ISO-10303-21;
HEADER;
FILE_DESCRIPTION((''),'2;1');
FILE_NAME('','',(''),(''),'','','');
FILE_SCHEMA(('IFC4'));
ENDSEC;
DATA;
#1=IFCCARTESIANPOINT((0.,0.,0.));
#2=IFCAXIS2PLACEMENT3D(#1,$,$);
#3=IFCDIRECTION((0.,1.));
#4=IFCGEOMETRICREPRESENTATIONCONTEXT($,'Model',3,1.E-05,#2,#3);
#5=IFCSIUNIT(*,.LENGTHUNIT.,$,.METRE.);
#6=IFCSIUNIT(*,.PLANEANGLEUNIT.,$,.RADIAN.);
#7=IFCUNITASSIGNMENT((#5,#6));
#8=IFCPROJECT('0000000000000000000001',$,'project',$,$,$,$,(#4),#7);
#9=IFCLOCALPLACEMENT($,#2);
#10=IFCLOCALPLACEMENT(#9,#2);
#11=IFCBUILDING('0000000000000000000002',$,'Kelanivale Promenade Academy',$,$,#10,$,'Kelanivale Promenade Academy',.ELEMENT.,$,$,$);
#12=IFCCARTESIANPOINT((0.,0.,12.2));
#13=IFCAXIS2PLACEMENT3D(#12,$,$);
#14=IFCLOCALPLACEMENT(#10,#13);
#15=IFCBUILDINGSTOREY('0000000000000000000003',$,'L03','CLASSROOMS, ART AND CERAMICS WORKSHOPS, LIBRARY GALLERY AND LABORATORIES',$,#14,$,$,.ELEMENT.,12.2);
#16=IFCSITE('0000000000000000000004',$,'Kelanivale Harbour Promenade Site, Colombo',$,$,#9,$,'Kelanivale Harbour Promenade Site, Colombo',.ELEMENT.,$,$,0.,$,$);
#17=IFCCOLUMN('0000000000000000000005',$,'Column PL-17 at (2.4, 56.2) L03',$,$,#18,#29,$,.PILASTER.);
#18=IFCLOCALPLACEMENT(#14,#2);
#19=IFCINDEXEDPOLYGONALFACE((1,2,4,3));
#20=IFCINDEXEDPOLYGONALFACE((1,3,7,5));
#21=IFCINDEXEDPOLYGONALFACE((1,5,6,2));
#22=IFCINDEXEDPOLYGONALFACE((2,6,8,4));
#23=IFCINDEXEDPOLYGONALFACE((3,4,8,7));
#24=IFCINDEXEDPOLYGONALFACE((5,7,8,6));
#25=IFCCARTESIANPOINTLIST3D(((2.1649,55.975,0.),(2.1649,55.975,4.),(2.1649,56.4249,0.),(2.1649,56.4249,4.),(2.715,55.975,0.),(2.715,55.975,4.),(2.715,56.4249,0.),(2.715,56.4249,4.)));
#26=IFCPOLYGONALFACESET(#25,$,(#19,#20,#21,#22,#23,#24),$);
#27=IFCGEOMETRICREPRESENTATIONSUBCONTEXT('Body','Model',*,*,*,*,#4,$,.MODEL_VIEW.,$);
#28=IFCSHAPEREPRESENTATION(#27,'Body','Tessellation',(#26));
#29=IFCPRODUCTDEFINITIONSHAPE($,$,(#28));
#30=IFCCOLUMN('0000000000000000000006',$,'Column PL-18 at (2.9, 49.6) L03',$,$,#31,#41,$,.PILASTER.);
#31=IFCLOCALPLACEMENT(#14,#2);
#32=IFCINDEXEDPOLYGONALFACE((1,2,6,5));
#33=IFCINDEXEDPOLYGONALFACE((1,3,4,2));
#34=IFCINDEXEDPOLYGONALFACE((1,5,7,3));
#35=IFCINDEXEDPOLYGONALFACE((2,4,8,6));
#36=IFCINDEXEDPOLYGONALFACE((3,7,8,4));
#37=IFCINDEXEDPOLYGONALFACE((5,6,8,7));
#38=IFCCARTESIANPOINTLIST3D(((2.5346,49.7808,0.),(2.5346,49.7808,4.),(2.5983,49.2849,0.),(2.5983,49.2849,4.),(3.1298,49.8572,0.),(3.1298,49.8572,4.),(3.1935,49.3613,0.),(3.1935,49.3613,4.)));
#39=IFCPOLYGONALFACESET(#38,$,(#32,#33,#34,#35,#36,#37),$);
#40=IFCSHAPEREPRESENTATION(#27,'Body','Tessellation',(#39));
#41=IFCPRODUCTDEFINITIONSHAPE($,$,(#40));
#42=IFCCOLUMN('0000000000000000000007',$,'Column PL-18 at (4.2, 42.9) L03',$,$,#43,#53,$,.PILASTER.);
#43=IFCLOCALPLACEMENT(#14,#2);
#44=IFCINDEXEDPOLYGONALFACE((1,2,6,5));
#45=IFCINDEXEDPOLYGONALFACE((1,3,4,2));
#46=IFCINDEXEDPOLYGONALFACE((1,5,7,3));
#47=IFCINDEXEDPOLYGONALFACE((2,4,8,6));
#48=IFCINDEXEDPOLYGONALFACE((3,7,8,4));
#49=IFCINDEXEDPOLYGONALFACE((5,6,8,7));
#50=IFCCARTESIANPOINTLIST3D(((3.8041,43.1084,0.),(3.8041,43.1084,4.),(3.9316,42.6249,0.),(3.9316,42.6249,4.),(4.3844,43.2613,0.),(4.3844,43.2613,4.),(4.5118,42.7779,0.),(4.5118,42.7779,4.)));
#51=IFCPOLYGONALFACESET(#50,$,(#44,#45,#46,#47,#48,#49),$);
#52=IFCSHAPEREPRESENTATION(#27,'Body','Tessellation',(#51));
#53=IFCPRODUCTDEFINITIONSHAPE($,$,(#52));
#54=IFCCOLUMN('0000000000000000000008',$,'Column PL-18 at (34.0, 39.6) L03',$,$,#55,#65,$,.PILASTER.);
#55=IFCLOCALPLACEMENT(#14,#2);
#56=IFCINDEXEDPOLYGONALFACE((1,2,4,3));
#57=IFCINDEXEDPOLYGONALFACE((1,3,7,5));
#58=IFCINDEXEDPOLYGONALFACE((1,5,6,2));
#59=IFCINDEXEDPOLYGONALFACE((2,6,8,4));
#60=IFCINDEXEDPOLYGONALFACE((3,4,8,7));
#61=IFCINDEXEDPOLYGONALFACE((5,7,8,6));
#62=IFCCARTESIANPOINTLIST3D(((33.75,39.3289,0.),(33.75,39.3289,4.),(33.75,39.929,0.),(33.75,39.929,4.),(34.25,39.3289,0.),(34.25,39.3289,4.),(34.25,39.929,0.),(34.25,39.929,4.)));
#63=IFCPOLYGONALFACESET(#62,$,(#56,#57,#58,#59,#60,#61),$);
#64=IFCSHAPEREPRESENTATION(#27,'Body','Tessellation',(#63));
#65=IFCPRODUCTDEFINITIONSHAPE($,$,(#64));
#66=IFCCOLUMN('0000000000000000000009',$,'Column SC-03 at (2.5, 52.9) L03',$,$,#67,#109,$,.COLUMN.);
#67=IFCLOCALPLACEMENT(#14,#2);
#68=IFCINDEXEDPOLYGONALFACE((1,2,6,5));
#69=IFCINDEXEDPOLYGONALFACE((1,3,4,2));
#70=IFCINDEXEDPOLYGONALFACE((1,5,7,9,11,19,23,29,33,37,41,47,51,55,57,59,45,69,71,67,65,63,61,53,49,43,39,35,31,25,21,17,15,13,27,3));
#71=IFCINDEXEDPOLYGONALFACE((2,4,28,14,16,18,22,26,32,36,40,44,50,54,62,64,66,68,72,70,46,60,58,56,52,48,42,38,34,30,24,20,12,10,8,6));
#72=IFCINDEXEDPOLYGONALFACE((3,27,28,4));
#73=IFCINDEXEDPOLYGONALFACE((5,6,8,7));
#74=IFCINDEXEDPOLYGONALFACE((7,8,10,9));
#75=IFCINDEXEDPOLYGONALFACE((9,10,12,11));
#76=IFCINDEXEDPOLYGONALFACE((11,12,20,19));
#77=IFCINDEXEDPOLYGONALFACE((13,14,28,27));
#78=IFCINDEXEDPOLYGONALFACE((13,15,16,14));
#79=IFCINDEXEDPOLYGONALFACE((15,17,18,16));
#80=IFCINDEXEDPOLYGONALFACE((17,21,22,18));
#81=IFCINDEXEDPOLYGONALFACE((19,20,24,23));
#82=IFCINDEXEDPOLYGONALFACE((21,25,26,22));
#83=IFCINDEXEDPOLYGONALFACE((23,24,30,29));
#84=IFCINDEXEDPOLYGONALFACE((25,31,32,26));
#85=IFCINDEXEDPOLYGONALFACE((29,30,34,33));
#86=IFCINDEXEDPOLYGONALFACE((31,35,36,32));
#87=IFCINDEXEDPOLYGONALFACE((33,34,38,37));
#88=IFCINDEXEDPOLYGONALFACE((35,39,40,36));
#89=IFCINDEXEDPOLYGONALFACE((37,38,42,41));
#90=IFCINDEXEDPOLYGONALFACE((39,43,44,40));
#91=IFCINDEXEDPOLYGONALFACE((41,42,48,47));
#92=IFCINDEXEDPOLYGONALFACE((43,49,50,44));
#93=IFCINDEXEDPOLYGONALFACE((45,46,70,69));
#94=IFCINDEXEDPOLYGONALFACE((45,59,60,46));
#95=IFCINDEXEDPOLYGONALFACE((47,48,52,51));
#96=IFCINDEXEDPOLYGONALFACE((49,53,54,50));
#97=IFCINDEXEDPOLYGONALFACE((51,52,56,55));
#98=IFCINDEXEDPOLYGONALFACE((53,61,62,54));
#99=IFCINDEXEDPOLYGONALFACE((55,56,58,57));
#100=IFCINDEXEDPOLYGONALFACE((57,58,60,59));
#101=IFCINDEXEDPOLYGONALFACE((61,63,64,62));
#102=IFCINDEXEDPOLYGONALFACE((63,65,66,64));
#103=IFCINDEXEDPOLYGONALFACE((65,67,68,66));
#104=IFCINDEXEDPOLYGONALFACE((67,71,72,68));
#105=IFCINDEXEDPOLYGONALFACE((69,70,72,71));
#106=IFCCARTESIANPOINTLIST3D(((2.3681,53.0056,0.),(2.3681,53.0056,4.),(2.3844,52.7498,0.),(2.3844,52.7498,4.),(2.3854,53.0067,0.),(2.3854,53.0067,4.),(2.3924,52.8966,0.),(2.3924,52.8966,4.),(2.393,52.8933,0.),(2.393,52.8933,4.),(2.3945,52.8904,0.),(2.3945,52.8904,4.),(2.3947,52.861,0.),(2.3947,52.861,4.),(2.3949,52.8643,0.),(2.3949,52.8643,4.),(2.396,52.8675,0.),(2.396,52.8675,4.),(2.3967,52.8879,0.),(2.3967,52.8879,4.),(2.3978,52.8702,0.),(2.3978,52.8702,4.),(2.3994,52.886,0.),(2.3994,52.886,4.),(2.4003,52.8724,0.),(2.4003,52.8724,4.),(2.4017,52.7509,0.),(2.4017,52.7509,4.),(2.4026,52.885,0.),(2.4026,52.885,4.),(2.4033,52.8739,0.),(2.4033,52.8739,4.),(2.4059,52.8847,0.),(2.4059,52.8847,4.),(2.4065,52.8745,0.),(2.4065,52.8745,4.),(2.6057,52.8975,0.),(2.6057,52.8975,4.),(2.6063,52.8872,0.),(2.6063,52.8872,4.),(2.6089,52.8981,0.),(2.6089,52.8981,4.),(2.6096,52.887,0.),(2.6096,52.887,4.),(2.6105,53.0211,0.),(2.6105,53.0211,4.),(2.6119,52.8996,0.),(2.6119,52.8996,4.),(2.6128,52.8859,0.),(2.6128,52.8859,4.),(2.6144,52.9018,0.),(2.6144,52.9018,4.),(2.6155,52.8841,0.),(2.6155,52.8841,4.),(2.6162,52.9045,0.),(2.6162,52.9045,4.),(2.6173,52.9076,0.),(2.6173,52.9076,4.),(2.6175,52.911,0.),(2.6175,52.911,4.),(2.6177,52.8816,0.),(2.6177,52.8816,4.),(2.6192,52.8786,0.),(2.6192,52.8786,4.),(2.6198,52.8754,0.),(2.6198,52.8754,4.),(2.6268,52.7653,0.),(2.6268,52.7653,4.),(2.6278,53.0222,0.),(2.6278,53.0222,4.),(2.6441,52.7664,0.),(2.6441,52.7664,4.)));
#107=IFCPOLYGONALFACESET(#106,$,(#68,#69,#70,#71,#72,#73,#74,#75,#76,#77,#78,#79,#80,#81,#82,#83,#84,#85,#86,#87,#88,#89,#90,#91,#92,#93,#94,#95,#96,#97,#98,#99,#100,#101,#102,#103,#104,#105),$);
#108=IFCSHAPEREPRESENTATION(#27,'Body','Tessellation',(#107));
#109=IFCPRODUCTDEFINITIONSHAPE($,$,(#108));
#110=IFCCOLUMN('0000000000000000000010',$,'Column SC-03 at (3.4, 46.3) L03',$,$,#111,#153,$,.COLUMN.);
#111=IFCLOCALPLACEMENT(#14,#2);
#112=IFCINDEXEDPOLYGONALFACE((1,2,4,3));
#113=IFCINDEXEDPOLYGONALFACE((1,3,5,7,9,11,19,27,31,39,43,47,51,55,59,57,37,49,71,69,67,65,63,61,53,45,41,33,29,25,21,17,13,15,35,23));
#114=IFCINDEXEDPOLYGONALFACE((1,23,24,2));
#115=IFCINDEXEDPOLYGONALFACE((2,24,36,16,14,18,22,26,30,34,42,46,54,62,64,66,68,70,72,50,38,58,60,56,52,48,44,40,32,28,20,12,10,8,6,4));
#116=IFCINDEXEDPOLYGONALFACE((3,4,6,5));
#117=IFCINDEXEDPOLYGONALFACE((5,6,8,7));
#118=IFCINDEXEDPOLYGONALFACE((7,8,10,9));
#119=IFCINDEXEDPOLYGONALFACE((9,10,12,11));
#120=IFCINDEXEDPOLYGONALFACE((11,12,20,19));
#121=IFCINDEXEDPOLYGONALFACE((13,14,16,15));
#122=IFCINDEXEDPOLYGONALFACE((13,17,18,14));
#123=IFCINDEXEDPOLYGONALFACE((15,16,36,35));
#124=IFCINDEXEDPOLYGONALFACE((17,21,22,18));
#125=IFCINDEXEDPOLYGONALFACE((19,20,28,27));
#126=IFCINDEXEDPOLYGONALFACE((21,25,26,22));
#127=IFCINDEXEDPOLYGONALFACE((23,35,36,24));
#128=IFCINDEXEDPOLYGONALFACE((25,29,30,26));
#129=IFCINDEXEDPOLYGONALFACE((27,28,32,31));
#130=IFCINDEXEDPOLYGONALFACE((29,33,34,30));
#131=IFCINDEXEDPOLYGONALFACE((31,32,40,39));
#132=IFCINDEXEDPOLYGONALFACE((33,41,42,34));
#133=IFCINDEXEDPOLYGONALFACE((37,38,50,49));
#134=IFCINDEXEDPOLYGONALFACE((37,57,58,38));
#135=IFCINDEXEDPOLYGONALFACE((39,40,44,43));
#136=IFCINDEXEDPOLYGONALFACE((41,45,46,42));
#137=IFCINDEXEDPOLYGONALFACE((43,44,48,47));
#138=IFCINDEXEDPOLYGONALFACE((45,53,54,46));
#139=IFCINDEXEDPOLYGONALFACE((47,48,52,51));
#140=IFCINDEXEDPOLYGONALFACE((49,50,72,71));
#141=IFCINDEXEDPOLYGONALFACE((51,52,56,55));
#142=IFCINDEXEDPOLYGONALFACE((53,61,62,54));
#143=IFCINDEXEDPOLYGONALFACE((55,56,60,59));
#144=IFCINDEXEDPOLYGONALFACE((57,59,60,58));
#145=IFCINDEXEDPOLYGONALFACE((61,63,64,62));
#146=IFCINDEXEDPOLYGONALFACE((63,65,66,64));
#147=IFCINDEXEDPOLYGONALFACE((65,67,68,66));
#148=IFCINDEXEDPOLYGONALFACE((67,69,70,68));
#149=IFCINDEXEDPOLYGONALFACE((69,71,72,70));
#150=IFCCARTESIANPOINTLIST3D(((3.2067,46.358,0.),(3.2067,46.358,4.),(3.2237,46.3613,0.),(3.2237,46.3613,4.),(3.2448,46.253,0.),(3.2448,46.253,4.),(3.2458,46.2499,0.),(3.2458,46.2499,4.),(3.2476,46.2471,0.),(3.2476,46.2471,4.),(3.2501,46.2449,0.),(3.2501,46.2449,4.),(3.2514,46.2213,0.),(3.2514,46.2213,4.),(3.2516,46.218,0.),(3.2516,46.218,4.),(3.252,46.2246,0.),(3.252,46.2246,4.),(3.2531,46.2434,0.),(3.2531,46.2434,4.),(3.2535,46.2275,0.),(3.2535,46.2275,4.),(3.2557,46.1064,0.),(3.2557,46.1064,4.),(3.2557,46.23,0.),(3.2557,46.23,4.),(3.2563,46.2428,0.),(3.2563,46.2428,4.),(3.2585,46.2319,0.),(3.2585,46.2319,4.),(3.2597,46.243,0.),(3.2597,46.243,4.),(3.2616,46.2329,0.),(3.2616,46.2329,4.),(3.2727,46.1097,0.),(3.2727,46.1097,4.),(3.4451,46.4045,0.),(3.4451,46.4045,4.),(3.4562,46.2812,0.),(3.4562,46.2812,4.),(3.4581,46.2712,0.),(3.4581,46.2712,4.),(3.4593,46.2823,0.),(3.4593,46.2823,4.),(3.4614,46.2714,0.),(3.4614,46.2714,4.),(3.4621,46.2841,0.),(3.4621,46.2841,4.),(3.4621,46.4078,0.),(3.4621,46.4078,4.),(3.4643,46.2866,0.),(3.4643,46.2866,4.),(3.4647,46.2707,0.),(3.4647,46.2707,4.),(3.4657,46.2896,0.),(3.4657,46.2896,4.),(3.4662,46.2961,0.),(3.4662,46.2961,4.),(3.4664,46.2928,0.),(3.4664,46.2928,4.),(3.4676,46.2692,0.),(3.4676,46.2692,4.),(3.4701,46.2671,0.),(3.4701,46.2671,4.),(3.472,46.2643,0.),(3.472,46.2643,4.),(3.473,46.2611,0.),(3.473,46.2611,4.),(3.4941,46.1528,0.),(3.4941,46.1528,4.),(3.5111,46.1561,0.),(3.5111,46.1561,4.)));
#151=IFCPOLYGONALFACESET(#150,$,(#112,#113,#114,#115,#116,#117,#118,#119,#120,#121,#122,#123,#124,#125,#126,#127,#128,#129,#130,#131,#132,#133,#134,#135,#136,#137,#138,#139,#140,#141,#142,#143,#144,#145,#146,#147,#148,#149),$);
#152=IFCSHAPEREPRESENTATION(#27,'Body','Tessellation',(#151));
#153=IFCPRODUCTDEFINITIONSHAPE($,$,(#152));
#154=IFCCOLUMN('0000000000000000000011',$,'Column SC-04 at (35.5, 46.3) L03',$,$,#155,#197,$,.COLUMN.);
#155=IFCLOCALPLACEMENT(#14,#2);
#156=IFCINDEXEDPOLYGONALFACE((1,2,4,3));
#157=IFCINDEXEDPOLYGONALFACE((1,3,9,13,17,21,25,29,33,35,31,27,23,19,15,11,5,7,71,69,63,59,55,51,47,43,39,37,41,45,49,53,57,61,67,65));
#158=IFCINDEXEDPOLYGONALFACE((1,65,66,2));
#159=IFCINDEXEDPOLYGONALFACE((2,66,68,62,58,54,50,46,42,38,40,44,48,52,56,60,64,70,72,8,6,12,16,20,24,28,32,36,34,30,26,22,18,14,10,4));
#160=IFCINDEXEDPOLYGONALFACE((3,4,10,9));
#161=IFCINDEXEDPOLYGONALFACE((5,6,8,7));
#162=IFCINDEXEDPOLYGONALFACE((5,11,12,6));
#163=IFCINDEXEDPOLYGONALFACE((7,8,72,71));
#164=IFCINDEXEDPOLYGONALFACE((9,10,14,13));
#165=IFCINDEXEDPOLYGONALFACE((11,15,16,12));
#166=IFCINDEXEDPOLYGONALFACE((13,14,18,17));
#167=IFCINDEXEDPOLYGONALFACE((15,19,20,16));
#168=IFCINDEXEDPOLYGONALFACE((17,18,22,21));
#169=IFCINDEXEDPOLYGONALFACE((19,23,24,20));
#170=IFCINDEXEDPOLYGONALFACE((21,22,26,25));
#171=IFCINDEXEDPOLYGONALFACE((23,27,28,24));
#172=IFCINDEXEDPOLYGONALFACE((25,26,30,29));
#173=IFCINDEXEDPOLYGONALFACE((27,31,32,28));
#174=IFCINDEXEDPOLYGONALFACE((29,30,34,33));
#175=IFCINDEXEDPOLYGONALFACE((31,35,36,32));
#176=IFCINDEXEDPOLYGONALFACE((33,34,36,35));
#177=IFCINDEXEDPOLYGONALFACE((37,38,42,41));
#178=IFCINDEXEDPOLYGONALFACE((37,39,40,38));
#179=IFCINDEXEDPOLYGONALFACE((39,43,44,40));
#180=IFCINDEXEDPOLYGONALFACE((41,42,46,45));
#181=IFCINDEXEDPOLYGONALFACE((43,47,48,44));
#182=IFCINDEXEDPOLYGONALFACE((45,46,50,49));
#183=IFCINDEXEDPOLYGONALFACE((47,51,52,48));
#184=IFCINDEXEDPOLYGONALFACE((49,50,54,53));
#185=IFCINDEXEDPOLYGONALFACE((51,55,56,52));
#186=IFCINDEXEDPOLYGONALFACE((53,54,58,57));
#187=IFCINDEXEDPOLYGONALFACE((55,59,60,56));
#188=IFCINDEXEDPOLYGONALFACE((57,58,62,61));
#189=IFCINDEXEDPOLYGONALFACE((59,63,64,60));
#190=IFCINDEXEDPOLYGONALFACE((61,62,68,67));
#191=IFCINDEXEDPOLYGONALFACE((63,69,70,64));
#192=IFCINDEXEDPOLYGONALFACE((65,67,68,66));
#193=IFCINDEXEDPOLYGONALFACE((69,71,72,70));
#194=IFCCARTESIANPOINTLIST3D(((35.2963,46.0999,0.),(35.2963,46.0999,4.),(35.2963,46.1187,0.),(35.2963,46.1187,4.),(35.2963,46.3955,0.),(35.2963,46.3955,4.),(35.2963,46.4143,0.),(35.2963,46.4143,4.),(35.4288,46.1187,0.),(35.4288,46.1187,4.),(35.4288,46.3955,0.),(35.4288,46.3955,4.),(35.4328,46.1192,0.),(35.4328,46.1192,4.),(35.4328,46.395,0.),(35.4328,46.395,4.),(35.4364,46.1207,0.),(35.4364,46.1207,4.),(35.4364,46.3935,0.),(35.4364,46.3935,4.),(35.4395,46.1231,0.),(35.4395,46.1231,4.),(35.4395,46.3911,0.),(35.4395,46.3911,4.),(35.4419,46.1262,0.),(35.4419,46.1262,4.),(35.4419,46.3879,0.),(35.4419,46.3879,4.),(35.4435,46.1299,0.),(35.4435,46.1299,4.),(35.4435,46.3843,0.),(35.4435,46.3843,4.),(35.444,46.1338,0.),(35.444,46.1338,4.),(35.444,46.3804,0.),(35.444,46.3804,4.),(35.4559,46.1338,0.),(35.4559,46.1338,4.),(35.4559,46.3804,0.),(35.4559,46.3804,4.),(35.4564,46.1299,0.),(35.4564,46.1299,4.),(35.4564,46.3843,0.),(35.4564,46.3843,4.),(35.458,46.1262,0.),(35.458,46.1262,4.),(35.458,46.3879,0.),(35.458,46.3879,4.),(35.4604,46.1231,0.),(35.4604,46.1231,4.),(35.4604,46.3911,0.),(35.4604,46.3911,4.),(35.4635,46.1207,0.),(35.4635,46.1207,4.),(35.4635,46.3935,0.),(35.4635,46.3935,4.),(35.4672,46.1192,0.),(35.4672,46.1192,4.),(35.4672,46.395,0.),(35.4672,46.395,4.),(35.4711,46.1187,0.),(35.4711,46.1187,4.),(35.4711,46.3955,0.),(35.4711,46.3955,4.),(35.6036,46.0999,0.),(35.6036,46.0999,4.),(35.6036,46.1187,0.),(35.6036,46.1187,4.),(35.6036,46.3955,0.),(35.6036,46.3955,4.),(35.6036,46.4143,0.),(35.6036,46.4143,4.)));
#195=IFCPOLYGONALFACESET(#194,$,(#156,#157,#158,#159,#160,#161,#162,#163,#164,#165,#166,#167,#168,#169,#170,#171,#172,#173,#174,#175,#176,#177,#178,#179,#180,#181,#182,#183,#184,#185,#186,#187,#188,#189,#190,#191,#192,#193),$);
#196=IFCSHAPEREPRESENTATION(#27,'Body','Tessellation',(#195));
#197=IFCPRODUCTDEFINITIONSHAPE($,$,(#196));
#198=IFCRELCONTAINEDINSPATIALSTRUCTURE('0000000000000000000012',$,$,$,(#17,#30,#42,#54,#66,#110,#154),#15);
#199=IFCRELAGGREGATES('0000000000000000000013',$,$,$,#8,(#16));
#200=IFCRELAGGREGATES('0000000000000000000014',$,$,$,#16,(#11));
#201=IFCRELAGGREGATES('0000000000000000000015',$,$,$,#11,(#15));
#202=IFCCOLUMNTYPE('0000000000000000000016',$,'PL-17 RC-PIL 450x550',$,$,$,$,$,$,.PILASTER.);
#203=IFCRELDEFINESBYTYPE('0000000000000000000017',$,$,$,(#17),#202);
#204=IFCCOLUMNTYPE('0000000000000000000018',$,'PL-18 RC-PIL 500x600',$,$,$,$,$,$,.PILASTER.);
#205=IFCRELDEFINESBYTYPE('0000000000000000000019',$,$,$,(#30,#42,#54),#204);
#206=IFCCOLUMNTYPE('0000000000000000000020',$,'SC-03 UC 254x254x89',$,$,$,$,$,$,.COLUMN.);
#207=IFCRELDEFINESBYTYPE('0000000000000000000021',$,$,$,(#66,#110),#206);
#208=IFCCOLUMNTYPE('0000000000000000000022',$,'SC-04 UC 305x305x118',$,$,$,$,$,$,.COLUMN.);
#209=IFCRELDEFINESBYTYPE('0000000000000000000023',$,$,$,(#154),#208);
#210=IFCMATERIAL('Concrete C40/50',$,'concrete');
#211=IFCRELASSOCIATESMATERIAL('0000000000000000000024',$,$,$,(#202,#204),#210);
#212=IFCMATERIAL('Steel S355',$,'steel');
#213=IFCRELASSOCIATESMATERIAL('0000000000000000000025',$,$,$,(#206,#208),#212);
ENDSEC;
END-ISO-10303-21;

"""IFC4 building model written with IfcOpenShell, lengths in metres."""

from ifc_helpers import new_model, si_unit, direction, frame, origin, origin_2d, place, context, subcontext, project, spatial, rectangle, i_section, extrude, material, material_profile, profile_set, type_object, element, save


model = new_model("IFC4")

# Units and contexts
model_context = context("Model", 3, precision=1e-05, world=origin(), true_north=direction((0.0, 1.0)))
body_context = subcontext(model_context, "Body", "Model", "MODEL_VIEW")
ifc_project = project(units=[si_unit("LENGTHUNIT", "METRE"), si_unit("PLANEANGLEUNIT", "RADIAN")], contexts=[model_context])

# Site, building, storey
site_placement = place(None, origin())
site = spatial("IfcSite", under=ifc_project, at=site_placement, Name="Kelanivale Harbour Promenade Site, Colombo", LongName="Kelanivale Harbour Promenade Site, Colombo", CompositionType="ELEMENT", RefElevation=0.0)
building_placement = place(site_placement, origin())
building = spatial("IfcBuilding", under=site, at=building_placement, Name="Kelanivale Promenade Academy", LongName="Kelanivale Promenade Academy", CompositionType="ELEMENT")
storey_placement = place(building_placement, frame((0.0, 0.0, 12.2)))
storey = spatial("IfcBuildingStorey", under=building, at=storey_placement, Name="L03", Description="CLASSROOMS, ART AND CERAMICS WORKSHOPS, LIBRARY GALLERY AND LABORATORIES", CompositionType="ELEMENT", Elevation=12.2)

# Columns
ifc_material_1 = material(Name="Concrete C40/50", Category="concrete")
ifc_material_profile_1 = material_profile(ifc_material_1, rectangle(XDim=0.45, YDim=0.55, at=origin_2d()), Name="RC-PIL 450x550")
ifc_profile_set_1 = profile_set([ifc_material_profile_1], Name="Concrete C40/50")
column_type_1 = type_object("IfcColumnType", Name="PL-17 RC-PIL 450x550", PredefinedType="PILASTER", material=ifc_profile_set_1)
column_placement = place(storey_placement, frame((2.4399, 56.2, 0.0), z_axis=(0.0, 0.0, 1.0), x_axis=(0.0, 1.0, 0.0)))
element("IfcColumn", 1, at=column_placement, inside=storey, type_object=column_type_1, Name="Column PL-17 at (2.4, 56.2) L03", PredefinedType="PILASTER", context=body_context, shape_type="SweptSolid", body=[
    extrude(rectangle(XDim=0.45, YDim=0.55, at=origin_2d()), origin(), (0.0, 0.0, 1.0), 4.0),
])
ifc_material_profile_2 = material_profile(ifc_material_1, rectangle(XDim=0.5, YDim=0.6001, at=origin_2d()), Name="RC-PIL 500x600")
ifc_profile_set_2 = profile_set([ifc_material_profile_2], Name="Concrete C40/50")
column_type_2 = type_object("IfcColumnType", Name="PL-18 RC-PIL 500x600", PredefinedType="PILASTER", material=ifc_profile_set_2)
for number, where, z_axis, x_axis, name in (
    (2, (2.864, 49.571, 0.0), (0.0, 0.0, 1.0), (-0.127411, 0.99185, 0.0), "Column PL-18 at (2.9, 49.6) L03"),
    (3, (4.158, 42.9431, 0.0), (0.0, 0.0, 1.0), (-0.254939, 0.966957, 0.0), "Column PL-18 at (4.2, 42.9) L03"),
    (4, (34.0, 39.6289, 0.0), (0.0, 0.0, 1.0), (1.0, 0.0, 0.0), "Column PL-18 at (34.0, 39.6) L03"),
):
    element("IfcColumn", number, at=place(storey_placement, frame(where, z_axis=z_axis, x_axis=x_axis)), inside=storey, type_object=column_type_2, Name=name, PredefinedType="PILASTER", context=body_context, shape_type="SweptSolid", body=[
        extrude(rectangle(XDim=0.5, YDim=0.6001, at=origin_2d()), origin(), (0.0, 0.0, 1.0), 4.0),
    ])
ifc_material_2 = material(Name="Steel S355", Category="steel")
ifc_material_profile_3 = material_profile(ifc_material_2, i_section(OverallWidth=0.2563, OverallDepth=0.2603, WebThickness=0.0103, FlangeThickness=0.0173, FilletRadius=0.0127, at=origin_2d()), Name="UC 254x254x89")
ifc_profile_set_3 = profile_set([ifc_material_profile_3], Name="Steel S355")
column_type_3 = type_object("IfcColumnType", Name="SC-03 UC 254x254x89", PredefinedType="COLUMN", material=ifc_profile_set_3)
for number, where, z_axis, x_axis, name in (
    (5, (2.5061, 52.886, 0.0), (0.0, 0.0, 1.0), (-0.063661, 0.997972, 0.0), "Column SC-03 at (2.5, 52.9) L03"),
    (6, (3.3589, 46.2571, 0.0), (0.0, 0.0, 1.0), (-0.191152, 0.981561, 0.0), "Column SC-03 at (3.4, 46.3) L03"),
):
    element("IfcColumn", number, at=place(storey_placement, frame(where, z_axis=z_axis, x_axis=x_axis)), inside=storey, type_object=column_type_3, Name=name, PredefinedType="COLUMN", context=body_context, shape_type="SweptSolid", body=[
        extrude(i_section(OverallWidth=0.2563, OverallDepth=0.2603, WebThickness=0.0103, FlangeThickness=0.0173, FilletRadius=0.0127, at=origin_2d()), origin(), (0.0, 0.0, 1.0), 4.0),
    ])
ifc_material_profile_4 = material_profile(ifc_material_2, i_section(OverallWidth=0.3074, OverallDepth=0.3145, WebThickness=0.012, FlangeThickness=0.0188, FilletRadius=0.0151, at=origin_2d()), Name="UC 305x305x118")
ifc_profile_set_4 = profile_set([ifc_material_profile_4], Name="Steel S355")
column_type_4 = type_object("IfcColumnType", Name="SC-04 UC 305x305x118", PredefinedType="COLUMN", material=ifc_profile_set_4)
for number, where, z_axis, x_axis, name in (
    (7, (35.45, 46.2571, 0.0), (0.0, 0.0, 1.0), (1.0, 0.0, 0.0), "Column SC-04 at (35.5, 46.3) L03"),
):
    element("IfcColumn", number, at=place(storey_placement, frame(where, z_axis=z_axis, x_axis=x_axis)), inside=storey, type_object=column_type_4, Name=name, PredefinedType="COLUMN", context=body_context, shape_type="SweptSolid", body=[
        extrude(i_section(OverallWidth=0.3074, OverallDepth=0.3145, WebThickness=0.012, FlangeThickness=0.0188, FilletRadius=0.0151, at=origin_2d()), origin(), (0.0, 0.0, 1.0), 4.0),
    ])

save(model, "model.ifc")
